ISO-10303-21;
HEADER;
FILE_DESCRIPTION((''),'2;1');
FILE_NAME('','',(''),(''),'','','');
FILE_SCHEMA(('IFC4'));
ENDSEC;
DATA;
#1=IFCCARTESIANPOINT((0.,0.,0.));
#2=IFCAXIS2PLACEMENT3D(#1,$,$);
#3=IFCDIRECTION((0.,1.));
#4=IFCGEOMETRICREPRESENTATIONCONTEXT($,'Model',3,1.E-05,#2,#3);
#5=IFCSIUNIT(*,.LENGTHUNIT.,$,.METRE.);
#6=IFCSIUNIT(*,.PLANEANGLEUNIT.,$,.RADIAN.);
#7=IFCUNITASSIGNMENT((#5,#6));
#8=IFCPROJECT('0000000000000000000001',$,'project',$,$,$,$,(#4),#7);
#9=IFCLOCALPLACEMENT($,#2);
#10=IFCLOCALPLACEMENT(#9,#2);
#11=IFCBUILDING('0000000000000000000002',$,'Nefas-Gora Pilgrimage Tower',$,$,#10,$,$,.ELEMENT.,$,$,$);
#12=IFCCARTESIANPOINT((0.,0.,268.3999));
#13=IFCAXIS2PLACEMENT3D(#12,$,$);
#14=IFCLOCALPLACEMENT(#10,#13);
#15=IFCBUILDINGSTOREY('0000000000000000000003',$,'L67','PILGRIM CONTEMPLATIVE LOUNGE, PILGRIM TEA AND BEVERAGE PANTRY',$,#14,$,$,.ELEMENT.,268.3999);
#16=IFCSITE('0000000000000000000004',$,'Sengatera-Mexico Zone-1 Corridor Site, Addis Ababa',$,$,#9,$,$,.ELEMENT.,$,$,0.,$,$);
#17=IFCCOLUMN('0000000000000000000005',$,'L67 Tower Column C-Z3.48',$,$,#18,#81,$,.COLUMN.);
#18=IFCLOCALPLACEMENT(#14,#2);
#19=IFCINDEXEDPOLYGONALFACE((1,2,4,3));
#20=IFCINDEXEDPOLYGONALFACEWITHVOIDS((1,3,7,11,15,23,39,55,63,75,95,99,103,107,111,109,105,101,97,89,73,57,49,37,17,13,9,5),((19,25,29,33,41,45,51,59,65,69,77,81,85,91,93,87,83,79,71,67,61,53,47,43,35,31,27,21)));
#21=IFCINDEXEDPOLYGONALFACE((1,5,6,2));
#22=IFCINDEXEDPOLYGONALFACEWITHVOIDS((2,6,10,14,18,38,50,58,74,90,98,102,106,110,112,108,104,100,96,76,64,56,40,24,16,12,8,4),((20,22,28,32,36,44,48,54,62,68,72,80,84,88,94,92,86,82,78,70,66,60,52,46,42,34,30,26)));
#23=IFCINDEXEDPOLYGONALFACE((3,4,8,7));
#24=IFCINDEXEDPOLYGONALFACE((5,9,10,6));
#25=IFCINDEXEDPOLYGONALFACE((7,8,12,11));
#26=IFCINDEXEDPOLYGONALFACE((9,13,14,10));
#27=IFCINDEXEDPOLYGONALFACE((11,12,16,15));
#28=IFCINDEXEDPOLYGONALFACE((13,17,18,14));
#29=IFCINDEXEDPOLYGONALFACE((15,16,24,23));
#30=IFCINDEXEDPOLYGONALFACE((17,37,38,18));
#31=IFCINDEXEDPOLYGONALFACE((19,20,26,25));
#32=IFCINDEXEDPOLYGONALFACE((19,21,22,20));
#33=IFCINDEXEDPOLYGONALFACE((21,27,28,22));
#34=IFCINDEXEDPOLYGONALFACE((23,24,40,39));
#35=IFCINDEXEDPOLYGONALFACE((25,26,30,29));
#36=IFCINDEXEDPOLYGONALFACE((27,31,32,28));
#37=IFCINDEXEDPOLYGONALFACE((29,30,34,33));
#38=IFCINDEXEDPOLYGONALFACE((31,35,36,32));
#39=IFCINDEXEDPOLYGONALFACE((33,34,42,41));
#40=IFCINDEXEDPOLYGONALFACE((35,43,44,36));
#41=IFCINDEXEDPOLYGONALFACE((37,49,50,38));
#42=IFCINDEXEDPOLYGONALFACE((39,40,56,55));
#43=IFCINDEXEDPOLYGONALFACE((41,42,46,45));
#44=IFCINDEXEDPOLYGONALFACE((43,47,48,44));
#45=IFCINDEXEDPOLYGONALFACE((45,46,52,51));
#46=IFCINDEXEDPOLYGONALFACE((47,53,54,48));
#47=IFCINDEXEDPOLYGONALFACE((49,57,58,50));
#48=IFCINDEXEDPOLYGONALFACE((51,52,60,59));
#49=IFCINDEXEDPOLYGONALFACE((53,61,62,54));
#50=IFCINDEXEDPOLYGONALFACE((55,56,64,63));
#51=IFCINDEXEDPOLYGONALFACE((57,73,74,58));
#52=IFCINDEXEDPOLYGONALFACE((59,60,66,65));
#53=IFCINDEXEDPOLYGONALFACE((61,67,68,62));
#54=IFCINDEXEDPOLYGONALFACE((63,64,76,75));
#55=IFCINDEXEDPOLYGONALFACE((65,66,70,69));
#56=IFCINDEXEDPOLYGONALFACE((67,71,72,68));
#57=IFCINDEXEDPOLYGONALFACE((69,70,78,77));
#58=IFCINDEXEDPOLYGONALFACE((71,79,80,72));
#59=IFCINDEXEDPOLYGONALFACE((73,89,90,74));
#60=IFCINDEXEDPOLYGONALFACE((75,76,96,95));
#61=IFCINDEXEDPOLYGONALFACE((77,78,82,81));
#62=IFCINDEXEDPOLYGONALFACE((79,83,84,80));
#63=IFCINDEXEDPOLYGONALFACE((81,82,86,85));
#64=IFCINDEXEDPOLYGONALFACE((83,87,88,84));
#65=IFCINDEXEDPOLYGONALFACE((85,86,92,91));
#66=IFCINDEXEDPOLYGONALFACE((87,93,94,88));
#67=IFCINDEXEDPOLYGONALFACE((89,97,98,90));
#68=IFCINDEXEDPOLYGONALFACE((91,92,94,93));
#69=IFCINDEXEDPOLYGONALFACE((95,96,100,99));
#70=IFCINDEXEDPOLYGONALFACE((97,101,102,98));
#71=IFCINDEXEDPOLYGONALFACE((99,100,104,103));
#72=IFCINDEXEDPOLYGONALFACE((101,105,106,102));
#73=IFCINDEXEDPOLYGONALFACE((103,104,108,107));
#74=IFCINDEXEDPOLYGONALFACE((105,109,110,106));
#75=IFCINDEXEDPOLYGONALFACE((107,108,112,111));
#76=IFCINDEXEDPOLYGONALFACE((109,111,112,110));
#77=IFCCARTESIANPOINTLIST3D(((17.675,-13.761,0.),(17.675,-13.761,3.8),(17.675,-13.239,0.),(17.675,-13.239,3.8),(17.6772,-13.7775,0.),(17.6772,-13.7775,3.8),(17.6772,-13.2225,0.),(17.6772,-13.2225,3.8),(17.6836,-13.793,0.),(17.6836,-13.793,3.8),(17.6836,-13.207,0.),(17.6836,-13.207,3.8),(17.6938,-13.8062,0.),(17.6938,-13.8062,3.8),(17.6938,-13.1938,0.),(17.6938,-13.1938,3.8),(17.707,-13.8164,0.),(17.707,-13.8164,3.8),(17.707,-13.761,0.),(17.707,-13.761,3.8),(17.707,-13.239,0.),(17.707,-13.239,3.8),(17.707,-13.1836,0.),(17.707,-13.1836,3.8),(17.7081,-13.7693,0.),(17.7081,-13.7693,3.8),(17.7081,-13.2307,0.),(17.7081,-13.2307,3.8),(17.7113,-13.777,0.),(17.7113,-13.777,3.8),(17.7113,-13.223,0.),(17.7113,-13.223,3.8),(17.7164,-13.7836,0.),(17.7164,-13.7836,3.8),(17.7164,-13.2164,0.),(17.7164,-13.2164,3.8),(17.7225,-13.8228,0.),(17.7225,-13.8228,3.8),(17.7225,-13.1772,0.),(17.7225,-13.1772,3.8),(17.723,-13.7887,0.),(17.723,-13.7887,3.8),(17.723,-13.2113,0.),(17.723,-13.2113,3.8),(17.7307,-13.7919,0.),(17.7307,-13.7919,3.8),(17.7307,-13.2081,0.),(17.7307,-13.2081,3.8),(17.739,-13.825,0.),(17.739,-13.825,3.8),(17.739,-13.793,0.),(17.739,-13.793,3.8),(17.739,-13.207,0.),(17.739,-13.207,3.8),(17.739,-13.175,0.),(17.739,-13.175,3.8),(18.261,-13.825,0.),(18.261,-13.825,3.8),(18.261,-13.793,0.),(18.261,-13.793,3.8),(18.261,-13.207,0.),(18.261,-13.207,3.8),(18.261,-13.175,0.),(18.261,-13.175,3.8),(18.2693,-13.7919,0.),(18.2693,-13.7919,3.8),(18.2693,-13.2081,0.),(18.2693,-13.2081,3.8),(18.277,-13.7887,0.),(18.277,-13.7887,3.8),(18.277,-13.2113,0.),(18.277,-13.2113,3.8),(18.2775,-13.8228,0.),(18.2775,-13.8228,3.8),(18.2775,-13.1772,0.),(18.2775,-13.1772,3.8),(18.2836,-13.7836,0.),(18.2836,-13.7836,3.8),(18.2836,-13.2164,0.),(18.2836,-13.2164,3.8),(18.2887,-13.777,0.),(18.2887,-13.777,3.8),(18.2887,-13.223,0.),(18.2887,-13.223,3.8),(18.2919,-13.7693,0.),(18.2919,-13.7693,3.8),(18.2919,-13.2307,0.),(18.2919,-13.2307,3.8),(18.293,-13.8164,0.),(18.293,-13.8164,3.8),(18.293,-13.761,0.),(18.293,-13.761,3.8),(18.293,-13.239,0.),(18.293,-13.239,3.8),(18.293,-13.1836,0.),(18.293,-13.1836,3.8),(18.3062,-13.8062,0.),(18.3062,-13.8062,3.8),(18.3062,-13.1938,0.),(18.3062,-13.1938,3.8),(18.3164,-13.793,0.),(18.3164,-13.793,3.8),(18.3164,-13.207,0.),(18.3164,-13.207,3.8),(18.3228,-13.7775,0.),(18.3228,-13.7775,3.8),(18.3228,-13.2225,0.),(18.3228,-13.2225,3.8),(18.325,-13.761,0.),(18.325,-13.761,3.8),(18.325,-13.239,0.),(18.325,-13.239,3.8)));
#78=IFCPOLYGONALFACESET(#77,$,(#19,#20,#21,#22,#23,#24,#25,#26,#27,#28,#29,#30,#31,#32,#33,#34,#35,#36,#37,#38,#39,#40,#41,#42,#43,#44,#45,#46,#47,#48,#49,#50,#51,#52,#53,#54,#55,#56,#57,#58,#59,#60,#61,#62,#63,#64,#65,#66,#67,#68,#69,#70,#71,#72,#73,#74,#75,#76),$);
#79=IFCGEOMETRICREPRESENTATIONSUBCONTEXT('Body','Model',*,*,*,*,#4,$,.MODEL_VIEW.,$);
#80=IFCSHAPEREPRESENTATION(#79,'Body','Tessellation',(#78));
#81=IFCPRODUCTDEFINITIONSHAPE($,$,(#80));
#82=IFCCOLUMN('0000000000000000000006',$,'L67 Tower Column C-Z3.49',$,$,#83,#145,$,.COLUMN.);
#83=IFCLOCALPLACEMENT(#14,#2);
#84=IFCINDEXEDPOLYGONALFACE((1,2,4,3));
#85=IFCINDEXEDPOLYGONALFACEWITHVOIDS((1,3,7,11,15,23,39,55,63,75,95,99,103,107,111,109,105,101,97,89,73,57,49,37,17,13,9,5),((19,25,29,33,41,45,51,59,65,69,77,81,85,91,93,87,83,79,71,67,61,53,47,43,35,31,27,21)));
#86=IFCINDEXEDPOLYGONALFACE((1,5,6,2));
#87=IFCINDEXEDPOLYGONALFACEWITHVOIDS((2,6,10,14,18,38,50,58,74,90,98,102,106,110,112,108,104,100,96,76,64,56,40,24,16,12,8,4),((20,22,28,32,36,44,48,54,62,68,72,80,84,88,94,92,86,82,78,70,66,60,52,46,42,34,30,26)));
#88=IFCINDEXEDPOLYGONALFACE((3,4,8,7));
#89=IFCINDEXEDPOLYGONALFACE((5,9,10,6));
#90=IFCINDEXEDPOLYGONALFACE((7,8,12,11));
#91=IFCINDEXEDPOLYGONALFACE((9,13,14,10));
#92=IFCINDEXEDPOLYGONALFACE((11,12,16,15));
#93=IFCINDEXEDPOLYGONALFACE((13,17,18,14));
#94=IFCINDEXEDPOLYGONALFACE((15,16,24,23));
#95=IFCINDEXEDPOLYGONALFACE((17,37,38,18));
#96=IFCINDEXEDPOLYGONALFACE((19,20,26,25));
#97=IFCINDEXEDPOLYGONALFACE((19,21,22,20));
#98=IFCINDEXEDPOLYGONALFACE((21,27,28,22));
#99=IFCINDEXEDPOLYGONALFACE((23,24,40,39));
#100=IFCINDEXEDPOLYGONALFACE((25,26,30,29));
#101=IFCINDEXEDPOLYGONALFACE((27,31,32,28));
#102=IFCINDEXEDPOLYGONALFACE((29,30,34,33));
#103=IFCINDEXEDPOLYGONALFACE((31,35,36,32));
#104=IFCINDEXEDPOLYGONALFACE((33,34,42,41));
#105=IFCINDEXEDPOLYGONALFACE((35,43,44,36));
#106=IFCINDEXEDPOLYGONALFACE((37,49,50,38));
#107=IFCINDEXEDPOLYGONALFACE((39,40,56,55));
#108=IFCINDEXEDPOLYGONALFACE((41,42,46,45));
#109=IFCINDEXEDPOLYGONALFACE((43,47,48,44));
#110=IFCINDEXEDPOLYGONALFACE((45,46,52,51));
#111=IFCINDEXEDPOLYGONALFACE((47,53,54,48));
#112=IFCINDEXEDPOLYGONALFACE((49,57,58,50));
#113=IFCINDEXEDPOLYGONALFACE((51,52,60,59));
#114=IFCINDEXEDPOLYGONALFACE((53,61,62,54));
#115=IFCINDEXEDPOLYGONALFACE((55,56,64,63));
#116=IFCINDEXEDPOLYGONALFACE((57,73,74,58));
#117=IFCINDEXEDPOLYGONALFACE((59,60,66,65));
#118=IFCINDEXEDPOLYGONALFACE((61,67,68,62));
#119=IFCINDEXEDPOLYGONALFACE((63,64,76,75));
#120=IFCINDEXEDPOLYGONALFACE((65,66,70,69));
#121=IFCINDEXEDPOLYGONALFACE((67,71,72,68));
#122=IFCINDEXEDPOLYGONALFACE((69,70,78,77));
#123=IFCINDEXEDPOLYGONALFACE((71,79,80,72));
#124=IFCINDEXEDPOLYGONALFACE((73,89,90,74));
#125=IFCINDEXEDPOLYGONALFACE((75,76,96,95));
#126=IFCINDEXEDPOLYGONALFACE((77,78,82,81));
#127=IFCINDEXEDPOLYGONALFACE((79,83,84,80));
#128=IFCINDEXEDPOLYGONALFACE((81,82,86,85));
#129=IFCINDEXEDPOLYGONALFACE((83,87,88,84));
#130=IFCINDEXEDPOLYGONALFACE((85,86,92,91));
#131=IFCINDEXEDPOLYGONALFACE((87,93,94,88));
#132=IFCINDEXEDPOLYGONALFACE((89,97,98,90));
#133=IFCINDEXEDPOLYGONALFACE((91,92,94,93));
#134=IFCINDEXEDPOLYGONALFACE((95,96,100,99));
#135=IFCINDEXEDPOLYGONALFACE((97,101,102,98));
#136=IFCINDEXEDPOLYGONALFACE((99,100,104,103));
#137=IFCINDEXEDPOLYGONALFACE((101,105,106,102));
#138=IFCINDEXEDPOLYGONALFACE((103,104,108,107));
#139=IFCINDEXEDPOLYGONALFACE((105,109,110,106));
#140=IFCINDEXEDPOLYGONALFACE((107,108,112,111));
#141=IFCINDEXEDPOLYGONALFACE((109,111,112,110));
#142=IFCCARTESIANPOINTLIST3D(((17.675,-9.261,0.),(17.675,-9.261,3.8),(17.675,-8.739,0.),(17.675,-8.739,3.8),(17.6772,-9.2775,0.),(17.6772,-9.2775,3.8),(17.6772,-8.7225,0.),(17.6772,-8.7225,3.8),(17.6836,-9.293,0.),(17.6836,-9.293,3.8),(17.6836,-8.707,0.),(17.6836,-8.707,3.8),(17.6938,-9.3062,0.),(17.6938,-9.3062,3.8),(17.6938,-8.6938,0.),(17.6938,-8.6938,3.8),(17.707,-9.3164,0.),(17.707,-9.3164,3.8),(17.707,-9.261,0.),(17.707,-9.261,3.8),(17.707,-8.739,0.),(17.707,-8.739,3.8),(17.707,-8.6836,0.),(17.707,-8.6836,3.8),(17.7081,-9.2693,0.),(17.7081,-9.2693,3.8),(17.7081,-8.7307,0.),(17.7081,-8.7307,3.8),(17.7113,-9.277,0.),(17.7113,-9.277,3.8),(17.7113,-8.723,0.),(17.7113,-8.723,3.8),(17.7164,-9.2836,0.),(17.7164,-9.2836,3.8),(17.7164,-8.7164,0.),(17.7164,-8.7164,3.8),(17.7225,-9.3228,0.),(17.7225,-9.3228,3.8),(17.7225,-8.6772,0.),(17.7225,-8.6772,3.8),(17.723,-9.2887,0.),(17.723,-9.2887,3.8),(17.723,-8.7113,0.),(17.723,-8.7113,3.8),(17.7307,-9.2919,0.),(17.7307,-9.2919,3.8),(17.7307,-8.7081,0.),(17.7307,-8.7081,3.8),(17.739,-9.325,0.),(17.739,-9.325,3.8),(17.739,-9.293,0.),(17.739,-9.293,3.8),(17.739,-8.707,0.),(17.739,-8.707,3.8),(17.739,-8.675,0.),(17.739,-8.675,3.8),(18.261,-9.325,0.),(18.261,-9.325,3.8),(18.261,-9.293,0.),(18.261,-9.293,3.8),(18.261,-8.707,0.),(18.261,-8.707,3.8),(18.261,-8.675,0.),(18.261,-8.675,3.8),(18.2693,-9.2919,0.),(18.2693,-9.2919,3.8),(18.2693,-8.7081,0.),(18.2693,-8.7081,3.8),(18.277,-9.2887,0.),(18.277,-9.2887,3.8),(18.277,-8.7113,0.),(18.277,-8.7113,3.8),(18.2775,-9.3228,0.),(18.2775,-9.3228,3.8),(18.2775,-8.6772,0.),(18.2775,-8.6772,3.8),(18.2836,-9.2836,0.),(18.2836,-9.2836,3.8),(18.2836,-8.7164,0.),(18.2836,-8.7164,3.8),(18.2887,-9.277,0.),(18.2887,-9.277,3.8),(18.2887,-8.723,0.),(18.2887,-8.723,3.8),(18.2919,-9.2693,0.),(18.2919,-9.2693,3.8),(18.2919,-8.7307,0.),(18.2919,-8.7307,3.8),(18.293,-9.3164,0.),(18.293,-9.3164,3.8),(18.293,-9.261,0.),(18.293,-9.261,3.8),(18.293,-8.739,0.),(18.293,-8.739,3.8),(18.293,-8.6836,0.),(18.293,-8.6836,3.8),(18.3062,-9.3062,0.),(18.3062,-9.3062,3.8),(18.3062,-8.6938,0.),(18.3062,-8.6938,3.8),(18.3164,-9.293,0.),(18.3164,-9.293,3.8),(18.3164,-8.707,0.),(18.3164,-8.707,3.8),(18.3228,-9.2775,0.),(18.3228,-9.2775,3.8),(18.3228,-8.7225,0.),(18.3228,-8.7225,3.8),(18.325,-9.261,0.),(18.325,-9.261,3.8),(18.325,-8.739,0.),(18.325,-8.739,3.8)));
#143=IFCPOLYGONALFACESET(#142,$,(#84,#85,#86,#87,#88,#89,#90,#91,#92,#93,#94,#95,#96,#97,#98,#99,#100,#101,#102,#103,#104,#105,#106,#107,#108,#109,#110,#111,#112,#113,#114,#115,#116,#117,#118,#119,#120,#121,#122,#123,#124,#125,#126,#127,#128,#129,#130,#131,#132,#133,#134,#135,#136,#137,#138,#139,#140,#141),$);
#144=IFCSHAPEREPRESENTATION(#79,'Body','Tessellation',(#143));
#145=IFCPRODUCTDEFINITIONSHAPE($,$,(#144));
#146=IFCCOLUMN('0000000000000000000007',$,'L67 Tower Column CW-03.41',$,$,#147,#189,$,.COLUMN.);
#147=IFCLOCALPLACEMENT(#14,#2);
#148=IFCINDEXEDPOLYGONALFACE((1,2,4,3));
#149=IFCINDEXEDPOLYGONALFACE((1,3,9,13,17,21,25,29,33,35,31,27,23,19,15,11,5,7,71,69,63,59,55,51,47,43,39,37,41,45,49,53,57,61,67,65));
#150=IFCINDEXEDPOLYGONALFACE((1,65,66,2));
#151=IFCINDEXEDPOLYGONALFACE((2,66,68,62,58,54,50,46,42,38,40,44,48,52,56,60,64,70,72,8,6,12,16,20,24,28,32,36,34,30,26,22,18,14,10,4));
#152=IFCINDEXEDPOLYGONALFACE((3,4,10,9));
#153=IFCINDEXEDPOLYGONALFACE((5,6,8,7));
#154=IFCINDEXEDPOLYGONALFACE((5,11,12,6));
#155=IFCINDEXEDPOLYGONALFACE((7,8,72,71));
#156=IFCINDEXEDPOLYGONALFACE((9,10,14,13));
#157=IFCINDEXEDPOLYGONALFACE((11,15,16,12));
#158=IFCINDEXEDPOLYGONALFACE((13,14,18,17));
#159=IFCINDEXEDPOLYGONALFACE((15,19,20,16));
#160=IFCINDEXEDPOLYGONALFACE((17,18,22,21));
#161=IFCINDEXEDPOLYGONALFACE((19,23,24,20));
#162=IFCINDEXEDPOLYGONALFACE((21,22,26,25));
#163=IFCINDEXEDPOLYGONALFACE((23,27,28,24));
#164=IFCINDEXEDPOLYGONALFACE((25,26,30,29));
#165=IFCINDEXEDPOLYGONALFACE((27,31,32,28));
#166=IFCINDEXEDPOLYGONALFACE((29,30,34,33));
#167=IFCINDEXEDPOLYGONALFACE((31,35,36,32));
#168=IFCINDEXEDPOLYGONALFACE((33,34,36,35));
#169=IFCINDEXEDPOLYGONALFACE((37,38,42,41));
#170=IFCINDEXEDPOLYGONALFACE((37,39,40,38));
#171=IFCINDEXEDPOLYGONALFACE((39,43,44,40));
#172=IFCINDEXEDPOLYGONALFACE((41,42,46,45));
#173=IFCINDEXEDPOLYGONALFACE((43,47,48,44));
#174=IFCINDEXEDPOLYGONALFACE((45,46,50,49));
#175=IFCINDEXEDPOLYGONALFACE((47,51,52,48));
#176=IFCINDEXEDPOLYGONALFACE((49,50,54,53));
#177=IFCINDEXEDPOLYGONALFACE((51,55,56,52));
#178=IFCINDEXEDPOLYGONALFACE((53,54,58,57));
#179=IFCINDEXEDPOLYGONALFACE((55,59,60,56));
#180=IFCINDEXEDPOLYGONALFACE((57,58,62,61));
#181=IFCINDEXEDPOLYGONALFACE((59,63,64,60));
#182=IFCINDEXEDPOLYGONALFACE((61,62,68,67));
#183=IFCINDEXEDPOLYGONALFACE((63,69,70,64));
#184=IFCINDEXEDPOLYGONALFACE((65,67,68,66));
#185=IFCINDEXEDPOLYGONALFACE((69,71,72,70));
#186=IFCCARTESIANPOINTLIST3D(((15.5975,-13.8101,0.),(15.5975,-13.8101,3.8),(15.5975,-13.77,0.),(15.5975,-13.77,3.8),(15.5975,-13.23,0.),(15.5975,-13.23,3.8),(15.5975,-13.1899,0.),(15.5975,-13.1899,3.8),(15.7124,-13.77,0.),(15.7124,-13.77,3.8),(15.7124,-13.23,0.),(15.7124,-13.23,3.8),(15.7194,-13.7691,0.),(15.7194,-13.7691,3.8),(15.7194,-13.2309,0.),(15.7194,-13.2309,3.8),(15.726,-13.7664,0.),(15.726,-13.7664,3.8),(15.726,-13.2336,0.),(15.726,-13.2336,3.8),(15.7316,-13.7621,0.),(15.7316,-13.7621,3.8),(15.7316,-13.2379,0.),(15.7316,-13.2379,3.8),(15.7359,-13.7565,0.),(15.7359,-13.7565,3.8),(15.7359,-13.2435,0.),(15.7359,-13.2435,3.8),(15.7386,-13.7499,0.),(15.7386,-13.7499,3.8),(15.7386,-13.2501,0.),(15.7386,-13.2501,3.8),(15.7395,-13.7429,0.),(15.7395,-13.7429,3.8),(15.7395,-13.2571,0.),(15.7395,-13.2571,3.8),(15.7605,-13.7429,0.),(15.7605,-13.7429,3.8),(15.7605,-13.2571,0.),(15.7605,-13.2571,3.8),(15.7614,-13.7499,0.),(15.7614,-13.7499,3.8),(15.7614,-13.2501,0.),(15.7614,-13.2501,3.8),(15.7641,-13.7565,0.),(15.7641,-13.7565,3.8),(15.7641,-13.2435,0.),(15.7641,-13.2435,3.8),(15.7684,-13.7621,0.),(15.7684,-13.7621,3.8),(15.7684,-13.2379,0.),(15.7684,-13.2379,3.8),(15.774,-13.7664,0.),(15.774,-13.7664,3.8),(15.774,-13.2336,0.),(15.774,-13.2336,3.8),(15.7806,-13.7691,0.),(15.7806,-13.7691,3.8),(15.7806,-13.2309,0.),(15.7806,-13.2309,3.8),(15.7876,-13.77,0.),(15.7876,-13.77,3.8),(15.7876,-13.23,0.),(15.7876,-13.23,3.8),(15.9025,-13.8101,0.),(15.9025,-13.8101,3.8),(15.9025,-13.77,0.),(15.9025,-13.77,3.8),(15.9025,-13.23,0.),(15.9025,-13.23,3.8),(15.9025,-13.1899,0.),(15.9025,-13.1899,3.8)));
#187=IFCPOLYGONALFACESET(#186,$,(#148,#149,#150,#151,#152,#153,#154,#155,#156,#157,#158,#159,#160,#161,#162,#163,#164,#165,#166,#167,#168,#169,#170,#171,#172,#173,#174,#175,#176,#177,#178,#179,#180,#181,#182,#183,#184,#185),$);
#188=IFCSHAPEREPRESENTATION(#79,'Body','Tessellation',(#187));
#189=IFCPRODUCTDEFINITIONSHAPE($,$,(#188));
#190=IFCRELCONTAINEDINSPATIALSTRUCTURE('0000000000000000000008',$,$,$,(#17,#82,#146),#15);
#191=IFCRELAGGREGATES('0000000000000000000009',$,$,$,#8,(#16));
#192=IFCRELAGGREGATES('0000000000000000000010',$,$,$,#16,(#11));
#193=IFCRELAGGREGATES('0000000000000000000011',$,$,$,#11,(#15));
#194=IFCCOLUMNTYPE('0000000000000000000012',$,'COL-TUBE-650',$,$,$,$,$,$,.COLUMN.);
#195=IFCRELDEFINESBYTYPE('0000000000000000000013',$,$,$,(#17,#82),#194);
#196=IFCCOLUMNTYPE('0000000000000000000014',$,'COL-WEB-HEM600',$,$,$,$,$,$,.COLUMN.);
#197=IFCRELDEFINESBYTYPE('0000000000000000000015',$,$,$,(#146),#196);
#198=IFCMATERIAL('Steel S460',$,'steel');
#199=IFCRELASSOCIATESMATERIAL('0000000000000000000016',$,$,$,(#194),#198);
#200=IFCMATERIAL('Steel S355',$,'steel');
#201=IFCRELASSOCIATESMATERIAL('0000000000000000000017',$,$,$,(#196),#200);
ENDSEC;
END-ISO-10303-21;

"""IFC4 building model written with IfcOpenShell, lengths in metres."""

from ifc_helpers import new_model, si_unit, direction, frame, origin, origin_2d, place, context, subcontext, project, spatial, hollow_rectangle, i_section, extrude, source, transform, mapped, material, material_profile, profile_set, type_object, element, save


model = new_model("IFC4")

# Units and contexts
model_context = context("Model", 3, precision=1e-05, world=origin(), true_north=direction((0.0, 1.0)))
body_context = subcontext(model_context, "Body", "Model", "MODEL_VIEW")
ifc_project = project(units=[si_unit("LENGTHUNIT", "METRE"), si_unit("PLANEANGLEUNIT", "RADIAN")], contexts=[model_context])

# Site, building, storey
site_placement = place(None, origin())
site = spatial("IfcSite", under=ifc_project, at=site_placement, Name="Sengatera-Mexico Zone-1 Corridor Site, Addis Ababa", CompositionType="ELEMENT", RefElevation=0.0)
building_placement = place(site_placement, origin())
building = spatial("IfcBuilding", under=site, at=building_placement, Name="Nefas-Gora Pilgrimage Tower", CompositionType="ELEMENT")
storey_placement = place(building_placement, frame((0.0, 0.0, 268.3999)))
storey = spatial("IfcBuildingStorey", under=building, at=storey_placement, Name="L67", Description="PILGRIM CONTEMPLATIVE LOUNGE, PILGRIM TEA AND BEVERAGE PANTRY", CompositionType="ELEMENT", Elevation=268.3999)

# Columns
ifc_material_1 = material(Name="Steel S460", Category="steel")
ifc_material_profile_1 = material_profile(ifc_material_1, hollow_rectangle(XDim=0.6499, YDim=0.6499, WallThickness=0.032, InnerFilletRadius=0.032, OuterFilletRadius=0.064, at=origin_2d()), Name="BOX 650x650x32")
ifc_profile_set_1 = profile_set([ifc_material_profile_1], Name="Steel S460")
column_type_1 = type_object("IfcColumnType", Name="COL-TUBE-650", PredefinedType="COLUMN", material=ifc_profile_set_1)
shared_shape_1 = source(origin(), body_context, "Body", "SweptSolid", [
    extrude(hollow_rectangle(XDim=0.6499, YDim=0.6499, WallThickness=0.032, InnerFilletRadius=0.032, OuterFilletRadius=0.064, at=origin_2d()), origin(), (0.0, 0.0, 1.0), 3.8),
])
for number, where, z_axis, x_axis, name in (
    (1, (18.0, -13.5, 0.0), (0.0, 0.0, 1.0), (1.0, 0.0, 0.0), "L67 Tower Column C-Z3.48"),
    (2, (18.0, -9.0, 0.0), (0.0, 0.0, 1.0), (1.0, 0.0, 0.0), "L67 Tower Column C-Z3.49"),
):
    element("IfcColumn", number, at=place(storey_placement, frame(where, z_axis=z_axis, x_axis=x_axis)), inside=storey, type_object=column_type_1, Name=name, PredefinedType="COLUMN", context=body_context, shape_type="MappedRepresentation", body=[
        mapped(shared_shape_1, transform((0.0, 0.0, 0.0), x_axis=(1.0, 0.0, 0.0), y_axis=(0.0, 1.0, 0.0), z_axis=(0.0, 0.0, 1.0), scale=1.0)),
    ])
ifc_material_2 = material(Name="Steel S355", Category="steel")
ifc_material_profile_2 = material_profile(ifc_material_2, i_section(OverallWidth=0.3049, OverallDepth=0.6201, WebThickness=0.021, FlangeThickness=0.04, FilletRadius=0.0271, at=origin_2d()), Name="HEM 600")
ifc_profile_set_2 = profile_set([ifc_material_profile_2], Name="Steel S355")
column_type_2 = type_object("IfcColumnType", Name="COL-WEB-HEM600", PredefinedType="COLUMN", material=ifc_profile_set_2)
shared_shape_2 = source(origin(), body_context, "Body", "SweptSolid", [
    extrude(i_section(OverallWidth=0.3049, OverallDepth=0.6201, WebThickness=0.021, FlangeThickness=0.04, FilletRadius=0.0271, at=origin_2d()), origin(), (0.0, 0.0, 1.0), 3.8),
])
for number, where, z_axis, x_axis, name in (
    (3, (15.75, -13.5, 0.0), (0.0, 0.0, 1.0), (1.0, 0.0, 0.0), "L67 Tower Column CW-03.41"),
):
    element("IfcColumn", number, at=place(storey_placement, frame(where, z_axis=z_axis, x_axis=x_axis)), inside=storey, type_object=column_type_2, Name=name, PredefinedType="COLUMN", context=body_context, shape_type="MappedRepresentation", body=[
        mapped(shared_shape_2, transform((0.0, 0.0, 0.0), x_axis=(1.0, 0.0, 0.0), y_axis=(0.0, 1.0, 0.0), z_axis=(0.0, 0.0, 1.0), scale=1.0)),
    ])

save(model, "model.ifc")
